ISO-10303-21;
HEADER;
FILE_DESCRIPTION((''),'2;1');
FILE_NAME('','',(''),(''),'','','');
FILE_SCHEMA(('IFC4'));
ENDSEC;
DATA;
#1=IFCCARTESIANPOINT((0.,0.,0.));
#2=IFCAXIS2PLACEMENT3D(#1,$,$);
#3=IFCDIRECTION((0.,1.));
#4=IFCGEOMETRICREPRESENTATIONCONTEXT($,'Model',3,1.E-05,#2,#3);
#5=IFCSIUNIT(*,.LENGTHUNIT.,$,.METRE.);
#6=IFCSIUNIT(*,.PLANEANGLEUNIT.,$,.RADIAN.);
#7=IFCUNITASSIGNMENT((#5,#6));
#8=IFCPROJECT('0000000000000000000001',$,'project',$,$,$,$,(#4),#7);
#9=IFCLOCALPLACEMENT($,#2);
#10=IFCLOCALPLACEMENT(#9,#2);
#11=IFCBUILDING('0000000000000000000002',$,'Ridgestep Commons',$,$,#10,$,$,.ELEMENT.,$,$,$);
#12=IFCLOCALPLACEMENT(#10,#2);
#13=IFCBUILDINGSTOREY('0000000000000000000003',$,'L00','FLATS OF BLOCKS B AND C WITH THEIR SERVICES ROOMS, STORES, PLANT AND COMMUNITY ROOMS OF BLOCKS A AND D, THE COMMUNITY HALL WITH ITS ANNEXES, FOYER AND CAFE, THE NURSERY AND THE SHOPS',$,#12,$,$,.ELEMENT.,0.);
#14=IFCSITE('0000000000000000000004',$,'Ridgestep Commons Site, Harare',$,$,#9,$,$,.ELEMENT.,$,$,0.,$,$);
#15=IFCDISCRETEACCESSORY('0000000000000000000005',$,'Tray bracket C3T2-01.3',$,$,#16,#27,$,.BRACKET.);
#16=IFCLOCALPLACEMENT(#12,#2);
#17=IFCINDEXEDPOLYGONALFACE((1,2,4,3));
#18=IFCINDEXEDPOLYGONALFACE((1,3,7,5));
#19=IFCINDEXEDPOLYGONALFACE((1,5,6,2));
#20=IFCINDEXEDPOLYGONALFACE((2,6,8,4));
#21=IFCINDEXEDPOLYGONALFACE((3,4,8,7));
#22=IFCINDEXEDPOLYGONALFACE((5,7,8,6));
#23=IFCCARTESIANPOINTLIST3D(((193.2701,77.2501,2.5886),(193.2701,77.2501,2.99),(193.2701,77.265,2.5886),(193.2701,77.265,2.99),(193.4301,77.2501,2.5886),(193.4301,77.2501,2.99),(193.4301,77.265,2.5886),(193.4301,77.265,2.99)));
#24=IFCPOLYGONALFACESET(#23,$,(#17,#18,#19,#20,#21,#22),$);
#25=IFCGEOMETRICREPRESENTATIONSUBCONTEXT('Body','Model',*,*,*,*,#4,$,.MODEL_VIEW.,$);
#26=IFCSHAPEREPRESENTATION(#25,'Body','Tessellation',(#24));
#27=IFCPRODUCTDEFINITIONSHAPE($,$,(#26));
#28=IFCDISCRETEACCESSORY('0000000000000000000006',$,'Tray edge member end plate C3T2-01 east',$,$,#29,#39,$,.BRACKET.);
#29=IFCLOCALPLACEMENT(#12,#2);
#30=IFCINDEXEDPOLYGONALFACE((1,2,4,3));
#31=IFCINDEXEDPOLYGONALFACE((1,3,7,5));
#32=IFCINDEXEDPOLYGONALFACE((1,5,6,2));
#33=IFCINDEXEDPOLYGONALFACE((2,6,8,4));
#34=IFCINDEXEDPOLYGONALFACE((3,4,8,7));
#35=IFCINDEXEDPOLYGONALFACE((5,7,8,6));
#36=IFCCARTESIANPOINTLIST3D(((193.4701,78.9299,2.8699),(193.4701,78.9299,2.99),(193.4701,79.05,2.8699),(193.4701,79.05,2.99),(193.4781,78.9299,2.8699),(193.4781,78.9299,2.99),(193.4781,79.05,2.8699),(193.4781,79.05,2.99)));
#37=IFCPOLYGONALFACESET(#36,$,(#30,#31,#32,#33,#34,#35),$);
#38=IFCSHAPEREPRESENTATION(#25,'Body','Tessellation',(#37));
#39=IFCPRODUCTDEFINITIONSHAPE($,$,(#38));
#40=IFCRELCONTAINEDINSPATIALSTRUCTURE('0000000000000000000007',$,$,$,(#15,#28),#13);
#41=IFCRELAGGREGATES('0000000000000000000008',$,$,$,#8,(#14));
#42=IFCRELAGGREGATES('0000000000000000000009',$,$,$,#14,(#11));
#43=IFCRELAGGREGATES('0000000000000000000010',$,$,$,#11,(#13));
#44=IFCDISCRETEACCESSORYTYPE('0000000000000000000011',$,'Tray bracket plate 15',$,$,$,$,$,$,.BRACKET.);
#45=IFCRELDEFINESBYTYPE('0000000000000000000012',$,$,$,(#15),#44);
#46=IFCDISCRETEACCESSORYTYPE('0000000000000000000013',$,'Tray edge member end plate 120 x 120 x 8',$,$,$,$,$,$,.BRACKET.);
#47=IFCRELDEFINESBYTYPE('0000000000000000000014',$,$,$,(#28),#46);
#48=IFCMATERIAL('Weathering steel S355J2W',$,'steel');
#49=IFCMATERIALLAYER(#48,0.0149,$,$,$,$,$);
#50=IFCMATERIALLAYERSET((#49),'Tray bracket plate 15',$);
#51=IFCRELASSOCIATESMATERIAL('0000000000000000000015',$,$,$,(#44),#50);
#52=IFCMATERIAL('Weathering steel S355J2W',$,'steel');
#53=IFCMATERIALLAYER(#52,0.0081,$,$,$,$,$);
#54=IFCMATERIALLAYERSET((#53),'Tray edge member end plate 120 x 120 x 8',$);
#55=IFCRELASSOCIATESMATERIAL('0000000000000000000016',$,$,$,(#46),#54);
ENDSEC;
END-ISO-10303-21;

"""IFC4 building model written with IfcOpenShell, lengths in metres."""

from ifc_helpers import new_model, si_unit, direction, frame, origin, origin_2d, place, context, subcontext, project, spatial, rectangle, extrude, material, layer, layer_set, type_object, element, save


model = new_model("IFC4")

# Units and contexts
model_context = context("Model", 3, precision=1e-05, world=origin(), true_north=direction((0.0, 1.0)))
body_context = subcontext(model_context, "Body", "Model", "MODEL_VIEW")
ifc_project = project(units=[si_unit("LENGTHUNIT", "METRE"), si_unit("PLANEANGLEUNIT", "RADIAN")], contexts=[model_context])

# Site, building, storey
site_placement = place(None, origin())
site = spatial("IfcSite", under=ifc_project, at=site_placement, Name="Ridgestep Commons Site, Harare", CompositionType="ELEMENT", RefElevation=0.0)
building_placement = place(site_placement, origin())
building = spatial("IfcBuilding", under=site, at=building_placement, Name="Ridgestep Commons", CompositionType="ELEMENT")
storey_placement = place(building_placement, origin())
storey = spatial("IfcBuildingStorey", under=building, at=storey_placement, Name="L00", Description="FLATS OF BLOCKS B AND C WITH THEIR SERVICES ROOMS, STORES, PLANT AND COMMUNITY ROOMS OF BLOCKS A AND D, THE COMMUNITY HALL WITH ITS ANNEXES, FOYER AND CAFE, THE NURSERY AND THE SHOPS", CompositionType="ELEMENT", Elevation=0.0)

# Discrete accessories
ifc_material_1 = material(Name="Weathering steel S355J2W", Category="steel")
ifc_layer_1 = layer(ifc_material_1, 0.0149)
ifc_layer_set_1 = layer_set([ifc_layer_1], Name="Tray bracket plate 15")
discrete_accessory_type_1 = type_object("IfcDiscreteAccessoryType", Name="Tray bracket plate 15", PredefinedType="BRACKET", material=ifc_layer_set_1)
discrete_accessory_1_placement = place(storey_placement, frame((193.3501, 77.2576, 2.5886), z_axis=(0.0, 0.0, 1.0), x_axis=(1.0, 0.0, 0.0)))
element("IfcDiscreteAccessory", 1, at=discrete_accessory_1_placement, inside=storey, type_object=discrete_accessory_type_1, Name="Tray bracket C3T2-01.3", PredefinedType="BRACKET", context=body_context, shape_type="SweptSolid", body=[
    extrude(rectangle(XDim=0.1599, YDim=0.0149, at=origin_2d()), origin(), (0.0, 0.0, 1.0), 0.4014),
])
ifc_material_2 = material(Name="Weathering steel S355J2W", Category="steel")
ifc_layer_2 = layer(ifc_material_2, 0.0081)
ifc_layer_set_2 = layer_set([ifc_layer_2], Name="Tray edge member end plate 120 x 120 x 8")
discrete_accessory_type_2 = type_object("IfcDiscreteAccessoryType", Name="Tray edge member end plate 120 x 120 x 8", PredefinedType="BRACKET", material=ifc_layer_set_2)
discrete_accessory_2_placement = place(storey_placement, frame((193.4741, 78.99, 2.8699), z_axis=(0.0, 0.0, 1.0), x_axis=(1.0, 0.0, 0.0)))
element("IfcDiscreteAccessory", 2, at=discrete_accessory_2_placement, inside=storey, type_object=discrete_accessory_type_2, Name="Tray edge member end plate C3T2-01 east", PredefinedType="BRACKET", context=body_context, shape_type="SweptSolid", body=[
    extrude(rectangle(XDim=0.0081, YDim=0.1201, at=origin_2d()), origin(), (0.0, 0.0, 1.0), 0.1201),
])

save(model, "model.ifc")
